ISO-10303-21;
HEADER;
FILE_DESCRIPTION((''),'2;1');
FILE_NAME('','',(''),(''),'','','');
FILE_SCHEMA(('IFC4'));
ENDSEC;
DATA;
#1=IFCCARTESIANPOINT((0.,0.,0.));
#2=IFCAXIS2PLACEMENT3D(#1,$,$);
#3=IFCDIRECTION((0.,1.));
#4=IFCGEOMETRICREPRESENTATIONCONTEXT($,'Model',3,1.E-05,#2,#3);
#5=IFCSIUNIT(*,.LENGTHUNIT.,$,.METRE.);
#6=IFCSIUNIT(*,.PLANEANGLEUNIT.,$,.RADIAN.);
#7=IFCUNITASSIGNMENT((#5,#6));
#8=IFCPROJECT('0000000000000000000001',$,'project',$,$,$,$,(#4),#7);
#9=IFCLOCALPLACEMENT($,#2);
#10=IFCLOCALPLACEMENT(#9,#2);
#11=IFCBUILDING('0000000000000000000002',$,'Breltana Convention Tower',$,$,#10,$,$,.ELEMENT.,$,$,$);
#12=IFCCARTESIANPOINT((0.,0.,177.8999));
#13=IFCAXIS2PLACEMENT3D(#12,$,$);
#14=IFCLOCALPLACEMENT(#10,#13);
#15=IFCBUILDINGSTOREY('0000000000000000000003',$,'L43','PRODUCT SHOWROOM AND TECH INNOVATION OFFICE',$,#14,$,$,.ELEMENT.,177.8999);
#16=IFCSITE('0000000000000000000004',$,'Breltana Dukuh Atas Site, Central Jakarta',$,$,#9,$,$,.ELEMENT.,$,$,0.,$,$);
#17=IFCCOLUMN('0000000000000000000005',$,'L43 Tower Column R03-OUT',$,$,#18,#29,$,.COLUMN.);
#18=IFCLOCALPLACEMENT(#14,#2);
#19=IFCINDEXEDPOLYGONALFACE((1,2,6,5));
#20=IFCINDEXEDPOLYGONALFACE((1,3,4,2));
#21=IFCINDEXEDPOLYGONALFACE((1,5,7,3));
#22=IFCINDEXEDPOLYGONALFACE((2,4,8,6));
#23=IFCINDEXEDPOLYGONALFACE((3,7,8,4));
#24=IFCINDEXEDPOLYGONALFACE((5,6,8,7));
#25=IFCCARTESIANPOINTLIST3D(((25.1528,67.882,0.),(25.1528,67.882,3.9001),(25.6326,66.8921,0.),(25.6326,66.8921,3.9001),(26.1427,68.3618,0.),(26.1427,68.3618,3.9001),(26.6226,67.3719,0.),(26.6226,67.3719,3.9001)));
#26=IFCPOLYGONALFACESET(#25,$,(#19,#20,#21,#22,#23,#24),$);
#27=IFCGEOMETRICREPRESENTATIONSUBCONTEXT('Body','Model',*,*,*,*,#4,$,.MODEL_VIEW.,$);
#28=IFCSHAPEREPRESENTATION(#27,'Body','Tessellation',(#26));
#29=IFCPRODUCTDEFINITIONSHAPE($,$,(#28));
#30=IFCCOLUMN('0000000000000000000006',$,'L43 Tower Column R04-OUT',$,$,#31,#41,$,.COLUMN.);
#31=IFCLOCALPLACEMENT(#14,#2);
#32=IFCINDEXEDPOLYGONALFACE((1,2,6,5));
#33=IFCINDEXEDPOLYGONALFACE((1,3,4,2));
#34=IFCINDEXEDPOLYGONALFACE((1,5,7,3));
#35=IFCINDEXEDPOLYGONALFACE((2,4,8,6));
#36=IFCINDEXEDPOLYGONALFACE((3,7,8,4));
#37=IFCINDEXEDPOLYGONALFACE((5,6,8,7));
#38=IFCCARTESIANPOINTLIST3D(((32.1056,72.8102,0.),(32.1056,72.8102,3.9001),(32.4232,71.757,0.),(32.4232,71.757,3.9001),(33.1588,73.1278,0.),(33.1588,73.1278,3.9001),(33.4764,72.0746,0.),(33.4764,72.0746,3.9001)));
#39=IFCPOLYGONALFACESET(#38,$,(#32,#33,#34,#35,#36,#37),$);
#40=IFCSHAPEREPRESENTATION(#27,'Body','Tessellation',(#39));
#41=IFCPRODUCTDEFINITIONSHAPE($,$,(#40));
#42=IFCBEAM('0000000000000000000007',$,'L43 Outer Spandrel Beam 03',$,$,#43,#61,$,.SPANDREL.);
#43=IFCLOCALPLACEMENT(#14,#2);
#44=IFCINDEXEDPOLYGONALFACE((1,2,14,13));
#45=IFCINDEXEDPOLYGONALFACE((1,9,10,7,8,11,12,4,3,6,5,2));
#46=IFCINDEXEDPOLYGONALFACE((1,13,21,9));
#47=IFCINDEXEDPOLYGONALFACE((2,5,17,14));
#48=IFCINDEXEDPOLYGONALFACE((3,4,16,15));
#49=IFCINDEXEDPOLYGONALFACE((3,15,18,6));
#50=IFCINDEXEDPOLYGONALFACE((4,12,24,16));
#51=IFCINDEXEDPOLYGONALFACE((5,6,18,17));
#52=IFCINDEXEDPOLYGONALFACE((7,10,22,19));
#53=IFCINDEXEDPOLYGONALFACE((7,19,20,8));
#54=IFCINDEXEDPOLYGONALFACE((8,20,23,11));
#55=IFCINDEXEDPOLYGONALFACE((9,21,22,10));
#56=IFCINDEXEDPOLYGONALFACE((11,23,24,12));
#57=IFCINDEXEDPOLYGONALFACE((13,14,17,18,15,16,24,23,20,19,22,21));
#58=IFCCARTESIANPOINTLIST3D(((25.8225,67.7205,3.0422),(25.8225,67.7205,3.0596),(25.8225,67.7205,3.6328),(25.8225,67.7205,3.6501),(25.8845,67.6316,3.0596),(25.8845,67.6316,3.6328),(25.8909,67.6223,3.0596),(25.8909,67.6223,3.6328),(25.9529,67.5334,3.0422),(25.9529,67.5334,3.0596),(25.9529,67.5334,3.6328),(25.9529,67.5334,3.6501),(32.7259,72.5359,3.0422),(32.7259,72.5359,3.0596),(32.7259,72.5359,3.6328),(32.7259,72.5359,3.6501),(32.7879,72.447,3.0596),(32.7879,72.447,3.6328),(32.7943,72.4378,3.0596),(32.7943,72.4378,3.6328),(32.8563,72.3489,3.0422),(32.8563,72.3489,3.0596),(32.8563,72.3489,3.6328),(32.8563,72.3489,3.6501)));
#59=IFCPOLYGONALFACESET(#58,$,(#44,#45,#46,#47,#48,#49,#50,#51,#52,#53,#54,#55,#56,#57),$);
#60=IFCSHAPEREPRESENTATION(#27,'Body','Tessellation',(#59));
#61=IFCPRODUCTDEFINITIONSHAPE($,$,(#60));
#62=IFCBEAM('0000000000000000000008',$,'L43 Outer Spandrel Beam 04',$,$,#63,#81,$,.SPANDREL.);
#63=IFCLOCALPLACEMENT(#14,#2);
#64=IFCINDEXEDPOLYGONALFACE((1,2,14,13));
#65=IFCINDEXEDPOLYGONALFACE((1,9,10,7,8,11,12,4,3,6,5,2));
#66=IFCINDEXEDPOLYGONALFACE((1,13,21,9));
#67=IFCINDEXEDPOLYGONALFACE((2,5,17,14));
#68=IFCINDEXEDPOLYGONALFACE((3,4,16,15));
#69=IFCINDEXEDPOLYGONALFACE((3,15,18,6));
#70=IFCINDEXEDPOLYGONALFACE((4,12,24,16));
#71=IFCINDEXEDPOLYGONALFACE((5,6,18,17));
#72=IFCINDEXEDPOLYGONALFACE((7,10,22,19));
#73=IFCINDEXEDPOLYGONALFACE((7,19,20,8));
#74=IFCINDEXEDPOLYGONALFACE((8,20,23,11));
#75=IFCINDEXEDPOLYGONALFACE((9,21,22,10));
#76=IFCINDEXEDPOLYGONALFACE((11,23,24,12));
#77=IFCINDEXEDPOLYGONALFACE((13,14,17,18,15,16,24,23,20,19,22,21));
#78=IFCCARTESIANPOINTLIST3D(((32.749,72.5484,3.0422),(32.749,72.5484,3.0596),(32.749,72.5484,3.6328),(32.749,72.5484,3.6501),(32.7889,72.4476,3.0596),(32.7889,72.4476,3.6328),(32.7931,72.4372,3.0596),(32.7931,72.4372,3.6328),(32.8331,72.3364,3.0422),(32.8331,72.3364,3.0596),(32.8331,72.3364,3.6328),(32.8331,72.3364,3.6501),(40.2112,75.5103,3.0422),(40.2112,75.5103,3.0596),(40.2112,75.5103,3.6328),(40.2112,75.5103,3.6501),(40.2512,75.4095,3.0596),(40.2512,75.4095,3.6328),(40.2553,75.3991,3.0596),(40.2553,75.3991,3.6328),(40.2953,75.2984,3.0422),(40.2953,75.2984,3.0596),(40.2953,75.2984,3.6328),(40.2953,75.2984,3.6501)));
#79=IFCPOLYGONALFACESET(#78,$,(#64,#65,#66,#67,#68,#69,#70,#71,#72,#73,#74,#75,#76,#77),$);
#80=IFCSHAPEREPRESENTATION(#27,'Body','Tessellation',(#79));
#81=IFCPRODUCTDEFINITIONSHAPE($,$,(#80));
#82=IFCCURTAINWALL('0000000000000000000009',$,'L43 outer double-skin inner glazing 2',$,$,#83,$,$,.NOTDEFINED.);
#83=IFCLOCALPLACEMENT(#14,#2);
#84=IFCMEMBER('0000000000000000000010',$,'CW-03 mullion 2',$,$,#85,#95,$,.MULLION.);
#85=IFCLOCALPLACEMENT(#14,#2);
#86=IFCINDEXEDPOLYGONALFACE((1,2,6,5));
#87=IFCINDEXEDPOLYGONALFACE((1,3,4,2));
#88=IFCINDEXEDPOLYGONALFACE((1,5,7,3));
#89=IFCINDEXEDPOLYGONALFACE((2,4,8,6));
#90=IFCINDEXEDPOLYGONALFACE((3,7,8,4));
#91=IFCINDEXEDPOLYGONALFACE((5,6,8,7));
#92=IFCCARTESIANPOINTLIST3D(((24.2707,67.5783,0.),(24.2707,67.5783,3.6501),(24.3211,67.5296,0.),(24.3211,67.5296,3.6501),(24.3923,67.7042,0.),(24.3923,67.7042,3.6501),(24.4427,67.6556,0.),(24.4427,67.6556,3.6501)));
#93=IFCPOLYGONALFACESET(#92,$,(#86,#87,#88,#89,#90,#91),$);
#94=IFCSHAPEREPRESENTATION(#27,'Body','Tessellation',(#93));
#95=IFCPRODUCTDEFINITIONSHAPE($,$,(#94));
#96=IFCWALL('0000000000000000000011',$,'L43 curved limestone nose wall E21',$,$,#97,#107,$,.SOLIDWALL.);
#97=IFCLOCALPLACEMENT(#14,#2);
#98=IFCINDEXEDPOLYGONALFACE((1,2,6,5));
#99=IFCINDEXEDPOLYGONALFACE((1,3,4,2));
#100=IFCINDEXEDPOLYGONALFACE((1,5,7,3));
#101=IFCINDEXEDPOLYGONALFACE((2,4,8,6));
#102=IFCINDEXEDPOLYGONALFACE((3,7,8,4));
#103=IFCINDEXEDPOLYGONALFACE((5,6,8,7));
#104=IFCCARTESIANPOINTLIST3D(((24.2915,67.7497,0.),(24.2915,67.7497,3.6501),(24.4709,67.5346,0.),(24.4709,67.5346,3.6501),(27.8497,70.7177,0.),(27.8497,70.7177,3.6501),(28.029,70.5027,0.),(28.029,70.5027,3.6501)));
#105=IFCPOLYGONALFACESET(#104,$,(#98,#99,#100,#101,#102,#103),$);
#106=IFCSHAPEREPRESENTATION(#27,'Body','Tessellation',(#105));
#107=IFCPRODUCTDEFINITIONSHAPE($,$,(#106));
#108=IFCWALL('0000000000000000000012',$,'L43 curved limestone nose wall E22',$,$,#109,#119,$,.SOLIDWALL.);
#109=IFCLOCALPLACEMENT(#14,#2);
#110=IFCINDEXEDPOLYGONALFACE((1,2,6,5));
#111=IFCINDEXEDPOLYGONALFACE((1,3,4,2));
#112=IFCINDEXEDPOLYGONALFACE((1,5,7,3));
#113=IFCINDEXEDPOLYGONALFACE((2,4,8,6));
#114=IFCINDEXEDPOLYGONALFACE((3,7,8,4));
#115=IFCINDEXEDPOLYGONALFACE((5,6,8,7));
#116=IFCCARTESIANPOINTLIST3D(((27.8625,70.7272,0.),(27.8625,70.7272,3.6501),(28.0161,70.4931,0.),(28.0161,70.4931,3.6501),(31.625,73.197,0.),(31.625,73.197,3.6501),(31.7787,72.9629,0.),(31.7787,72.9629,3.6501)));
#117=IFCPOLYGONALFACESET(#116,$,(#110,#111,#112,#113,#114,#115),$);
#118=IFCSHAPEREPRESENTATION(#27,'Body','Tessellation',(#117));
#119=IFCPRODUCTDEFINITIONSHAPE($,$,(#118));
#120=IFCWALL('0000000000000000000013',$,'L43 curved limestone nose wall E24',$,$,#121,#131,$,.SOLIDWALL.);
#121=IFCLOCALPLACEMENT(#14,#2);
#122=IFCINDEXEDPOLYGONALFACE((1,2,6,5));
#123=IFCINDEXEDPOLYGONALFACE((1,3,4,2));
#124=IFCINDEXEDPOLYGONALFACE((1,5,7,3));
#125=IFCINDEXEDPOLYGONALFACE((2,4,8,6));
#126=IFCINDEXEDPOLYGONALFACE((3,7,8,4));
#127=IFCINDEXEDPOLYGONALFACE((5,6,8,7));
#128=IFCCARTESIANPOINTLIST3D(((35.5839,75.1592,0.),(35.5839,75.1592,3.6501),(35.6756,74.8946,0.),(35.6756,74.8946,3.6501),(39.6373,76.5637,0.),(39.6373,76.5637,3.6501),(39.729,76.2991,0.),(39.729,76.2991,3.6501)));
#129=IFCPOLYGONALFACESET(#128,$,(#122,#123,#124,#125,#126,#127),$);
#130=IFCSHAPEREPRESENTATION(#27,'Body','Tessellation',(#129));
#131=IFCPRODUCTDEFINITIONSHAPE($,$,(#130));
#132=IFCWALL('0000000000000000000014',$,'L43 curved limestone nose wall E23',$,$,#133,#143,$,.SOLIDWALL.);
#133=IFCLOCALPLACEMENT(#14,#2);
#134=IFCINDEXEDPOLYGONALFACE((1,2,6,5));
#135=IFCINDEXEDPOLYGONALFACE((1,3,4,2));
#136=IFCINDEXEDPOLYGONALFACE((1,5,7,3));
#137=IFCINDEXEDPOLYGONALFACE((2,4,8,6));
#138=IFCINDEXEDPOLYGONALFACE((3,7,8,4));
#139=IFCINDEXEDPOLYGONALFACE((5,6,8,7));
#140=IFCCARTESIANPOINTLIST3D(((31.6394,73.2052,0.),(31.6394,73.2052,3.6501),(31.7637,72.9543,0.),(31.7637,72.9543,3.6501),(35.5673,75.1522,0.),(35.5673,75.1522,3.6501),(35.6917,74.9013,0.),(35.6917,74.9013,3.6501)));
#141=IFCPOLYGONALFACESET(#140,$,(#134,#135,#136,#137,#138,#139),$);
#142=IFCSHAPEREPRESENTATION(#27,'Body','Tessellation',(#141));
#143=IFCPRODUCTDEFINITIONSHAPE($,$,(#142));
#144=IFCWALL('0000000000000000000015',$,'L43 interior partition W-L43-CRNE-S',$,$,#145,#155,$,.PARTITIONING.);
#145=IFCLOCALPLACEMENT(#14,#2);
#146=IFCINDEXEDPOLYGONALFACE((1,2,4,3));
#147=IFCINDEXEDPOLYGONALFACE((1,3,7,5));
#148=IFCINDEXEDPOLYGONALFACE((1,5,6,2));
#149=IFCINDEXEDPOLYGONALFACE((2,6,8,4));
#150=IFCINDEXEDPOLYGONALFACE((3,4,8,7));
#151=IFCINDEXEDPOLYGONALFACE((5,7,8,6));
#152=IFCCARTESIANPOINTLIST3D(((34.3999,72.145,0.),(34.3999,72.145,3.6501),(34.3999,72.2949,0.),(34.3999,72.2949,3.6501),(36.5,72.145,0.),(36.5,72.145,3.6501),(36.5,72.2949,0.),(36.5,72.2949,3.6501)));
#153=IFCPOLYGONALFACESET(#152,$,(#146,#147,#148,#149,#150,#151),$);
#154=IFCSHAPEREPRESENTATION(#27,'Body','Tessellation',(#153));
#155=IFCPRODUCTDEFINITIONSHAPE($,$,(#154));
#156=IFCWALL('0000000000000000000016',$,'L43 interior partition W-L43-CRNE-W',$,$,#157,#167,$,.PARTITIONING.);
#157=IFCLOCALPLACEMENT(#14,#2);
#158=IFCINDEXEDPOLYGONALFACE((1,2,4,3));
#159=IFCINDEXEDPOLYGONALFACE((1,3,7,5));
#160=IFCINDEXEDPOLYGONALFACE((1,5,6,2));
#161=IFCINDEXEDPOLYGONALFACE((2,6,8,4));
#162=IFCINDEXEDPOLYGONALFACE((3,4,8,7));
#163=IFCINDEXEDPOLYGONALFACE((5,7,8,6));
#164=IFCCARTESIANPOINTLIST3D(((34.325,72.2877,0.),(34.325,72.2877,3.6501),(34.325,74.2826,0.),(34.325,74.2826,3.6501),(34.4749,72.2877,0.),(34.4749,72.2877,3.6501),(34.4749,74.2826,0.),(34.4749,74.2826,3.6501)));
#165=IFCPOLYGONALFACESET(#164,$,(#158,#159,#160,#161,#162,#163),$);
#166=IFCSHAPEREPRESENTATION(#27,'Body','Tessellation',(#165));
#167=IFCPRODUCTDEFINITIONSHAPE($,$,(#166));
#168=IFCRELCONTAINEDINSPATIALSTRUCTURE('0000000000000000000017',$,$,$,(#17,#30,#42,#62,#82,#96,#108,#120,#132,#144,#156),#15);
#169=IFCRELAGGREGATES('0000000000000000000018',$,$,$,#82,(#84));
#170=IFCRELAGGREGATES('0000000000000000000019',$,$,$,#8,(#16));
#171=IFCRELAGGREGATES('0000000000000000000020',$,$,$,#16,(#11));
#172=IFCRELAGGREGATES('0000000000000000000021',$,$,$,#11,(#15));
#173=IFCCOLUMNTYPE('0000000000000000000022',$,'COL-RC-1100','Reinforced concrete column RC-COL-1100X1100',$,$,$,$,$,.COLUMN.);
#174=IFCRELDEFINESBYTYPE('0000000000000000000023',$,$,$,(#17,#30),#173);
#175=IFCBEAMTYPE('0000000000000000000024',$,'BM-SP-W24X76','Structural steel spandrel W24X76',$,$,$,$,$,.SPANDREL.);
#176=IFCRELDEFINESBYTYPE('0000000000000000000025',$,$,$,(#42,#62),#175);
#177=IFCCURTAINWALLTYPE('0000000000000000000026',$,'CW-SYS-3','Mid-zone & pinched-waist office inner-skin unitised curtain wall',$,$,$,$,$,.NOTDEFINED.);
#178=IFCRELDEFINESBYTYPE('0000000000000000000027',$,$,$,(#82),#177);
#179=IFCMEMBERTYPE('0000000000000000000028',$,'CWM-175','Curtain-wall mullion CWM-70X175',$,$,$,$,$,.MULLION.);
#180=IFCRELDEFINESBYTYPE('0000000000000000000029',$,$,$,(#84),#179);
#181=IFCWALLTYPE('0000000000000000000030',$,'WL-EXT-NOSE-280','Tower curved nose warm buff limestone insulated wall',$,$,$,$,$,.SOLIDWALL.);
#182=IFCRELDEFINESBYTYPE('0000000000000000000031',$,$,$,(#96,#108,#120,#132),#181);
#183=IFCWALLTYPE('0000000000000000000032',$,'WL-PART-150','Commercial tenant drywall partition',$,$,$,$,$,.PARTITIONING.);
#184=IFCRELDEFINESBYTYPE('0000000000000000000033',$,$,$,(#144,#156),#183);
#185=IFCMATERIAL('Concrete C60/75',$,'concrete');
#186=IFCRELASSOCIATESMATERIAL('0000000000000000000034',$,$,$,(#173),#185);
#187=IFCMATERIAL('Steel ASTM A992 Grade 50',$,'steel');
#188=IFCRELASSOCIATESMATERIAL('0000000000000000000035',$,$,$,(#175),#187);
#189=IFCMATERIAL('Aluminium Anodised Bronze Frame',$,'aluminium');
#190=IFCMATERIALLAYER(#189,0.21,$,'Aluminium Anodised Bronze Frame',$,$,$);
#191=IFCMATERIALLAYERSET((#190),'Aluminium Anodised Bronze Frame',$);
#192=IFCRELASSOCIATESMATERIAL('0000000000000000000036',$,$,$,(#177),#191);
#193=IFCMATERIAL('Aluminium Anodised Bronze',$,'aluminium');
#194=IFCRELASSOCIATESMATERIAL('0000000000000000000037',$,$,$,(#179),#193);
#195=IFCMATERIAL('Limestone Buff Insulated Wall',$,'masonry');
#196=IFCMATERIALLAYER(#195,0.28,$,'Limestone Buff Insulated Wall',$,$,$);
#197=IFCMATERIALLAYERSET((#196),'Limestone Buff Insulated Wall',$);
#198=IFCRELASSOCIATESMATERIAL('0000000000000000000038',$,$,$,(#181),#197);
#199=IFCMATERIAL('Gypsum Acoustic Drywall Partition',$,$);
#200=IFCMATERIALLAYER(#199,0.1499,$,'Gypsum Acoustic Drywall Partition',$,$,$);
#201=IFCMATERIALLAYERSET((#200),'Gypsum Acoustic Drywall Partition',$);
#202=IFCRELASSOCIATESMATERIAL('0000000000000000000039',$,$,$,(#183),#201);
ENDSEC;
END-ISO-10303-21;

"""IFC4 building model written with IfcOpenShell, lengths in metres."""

from ifc_helpers import new_model, si_unit, direction, frame, frame_2d, origin, origin_2d, place, context, subcontext, project, spatial, rectangle, i_section, extrude, source, transform, mapped, material, layer, layer_set, material_profile, profile_set, type_object, element, aggregate, save


model = new_model("IFC4")

# Units and contexts
model_context = context("Model", 3, precision=1e-05, world=origin(), true_north=direction((0.0, 1.0)))
body_context = subcontext(model_context, "Body", "Model", "MODEL_VIEW")
ifc_project = project(units=[si_unit("LENGTHUNIT", "METRE"), si_unit("PLANEANGLEUNIT", "RADIAN")], contexts=[model_context])

# Site, building, storey
site_placement = place(None, origin())
site = spatial("IfcSite", under=ifc_project, at=site_placement, Name="Breltana Dukuh Atas Site, Central Jakarta", CompositionType="ELEMENT", RefElevation=0.0)
building_placement = place(site_placement, origin())
building = spatial("IfcBuilding", under=site, at=building_placement, Name="Breltana Convention Tower", CompositionType="ELEMENT")
storey_placement = place(building_placement, frame((0.0, 0.0, 177.8999)))
storey = spatial("IfcBuildingStorey", under=building, at=storey_placement, Name="L43", Description="PRODUCT SHOWROOM AND TECH INNOVATION OFFICE", CompositionType="ELEMENT", Elevation=177.8999)

# Columns
ifc_material_1 = material(Name="Concrete C60/75", Category="concrete")
ifc_material_profile_1 = material_profile(ifc_material_1, rectangle(XDim=1.1001, YDim=1.1001, at=origin_2d()), Name="RC-COL-1100X1100")
ifc_profile_set_1 = profile_set([ifc_material_profile_1], Name="Concrete C60/75")
column_type = type_object("IfcColumnType", Name="COL-RC-1100", Description="Reinforced concrete column RC-COL-1100X1100", PredefinedType="COLUMN", material=ifc_profile_set_1)
shared_shape_1 = source(origin(), body_context, "Body", "SweptSolid", [
    extrude(rectangle(XDim=1.1001, YDim=1.1001, at=origin_2d()), origin(), (0.0, 0.0, 1.0), 3.9001),
])
for number, where, z_axis, x_axis, name in (
    (1, (25.8877, 67.627, 0.0), (0.0, 0.0, 1.0), (-0.436174, 0.899863, 0.0), "L43 Tower Column R03-OUT"),
    (2, (32.791, 72.4424, 0.0), (0.0, 0.0, 1.0), (-0.288698, 0.95742, 0.0), "L43 Tower Column R04-OUT"),
):
    element("IfcColumn", number, at=place(storey_placement, frame(where, z_axis=z_axis, x_axis=x_axis)), inside=storey, type_object=column_type, Name=name, PredefinedType="COLUMN", context=body_context, shape_type="MappedRepresentation", body=[
        mapped(shared_shape_1, transform((0.0, 0.0, 0.0), scale=1.0)),
    ])

# Beams
ifc_material_2 = material(Name="Steel ASTM A992 Grade 50", Category="steel")
ifc_material_profile_2 = material_profile(ifc_material_2, i_section(OverallWidth=0.228, OverallDepth=0.6079, WebThickness=0.0112, FlangeThickness=0.0173, at=origin_2d()), Name="W24X76")
ifc_profile_set_2 = profile_set([ifc_material_profile_2], Name="Steel ASTM A992 Grade 50")
beam_type = type_object("IfcBeamType", Name="BM-SP-W24X76", Description="Structural steel spandrel W24X76", PredefinedType="SPANDREL", material=ifc_profile_set_2)
shared_shape_2 = source(origin(), body_context, "Body", "SweptSolid", [
    extrude(i_section(OverallWidth=0.228, OverallDepth=0.6079, WebThickness=0.0112, FlangeThickness=0.0173, at=origin_2d()), origin(), (0.0, 0.0, 1.0), 8.417),
])
beam_1_placement = place(storey_placement, frame((25.8877, 67.627, 3.3462), z_axis=(0.820174, 0.572114, 0.0), x_axis=(-0.572114, 0.820174, 0.0)))
element("IfcBeam", 3, at=beam_1_placement, inside=storey, type_object=beam_type, Name="L43 Outer Spandrel Beam 03", PredefinedType="SPANDREL", context=body_context, shape_type="MappedRepresentation", body=[
    mapped(shared_shape_2, transform((0.0, 0.0, 0.0), scale=1.0)),
])
shared_shape_3 = source(origin(), body_context, "Body", "SweptSolid", [
    extrude(i_section(OverallWidth=0.228, OverallDepth=0.6079, WebThickness=0.0112, FlangeThickness=0.0173, at=origin_2d()), origin(), (0.0, 0.0, 1.0), 8.0286),
])
beam_2_placement = place(storey_placement, frame((32.791, 72.4424, 3.3462), z_axis=(0.929459, 0.368925, 0.0), x_axis=(-0.368925, 0.929459, 0.0)))
element("IfcBeam", 4, at=beam_2_placement, inside=storey, type_object=beam_type, Name="L43 Outer Spandrel Beam 04", PredefinedType="SPANDREL", context=body_context, shape_type="MappedRepresentation", body=[
    mapped(shared_shape_3, transform((0.0, 0.0, 0.0), scale=1.0)),
])

# Curtain wall, member
ifc_material_3 = material(Name="Aluminium Anodised Bronze Frame", Category="aluminium")
ifc_layer_1 = layer(ifc_material_3, 0.21, Name="Aluminium Anodised Bronze Frame")
ifc_layer_set_1 = layer_set([ifc_layer_1], Name="Aluminium Anodised Bronze Frame")
curtain_wall_type = type_object("IfcCurtainWallType", Name="CW-SYS-3", Description="Mid-zone & pinched-waist office inner-skin unitised curtain wall", PredefinedType="NOTDEFINED", material=ifc_layer_set_1)
curtain_wall_placement = place(storey_placement, origin())
curtain_wall = element("IfcCurtainWall", 5, at=curtain_wall_placement, inside=storey, type_object=curtain_wall_type, Name="L43 outer double-skin inner glazing 2", PredefinedType="NOTDEFINED")
ifc_material_4 = material(Name="Aluminium Anodised Bronze", Category="aluminium")
ifc_material_profile_3 = material_profile(ifc_material_4, rectangle(XDim=0.0701, YDim=0.175, at=origin_2d()), Name="CWM-70X175")
ifc_profile_set_3 = profile_set([ifc_material_profile_3], Name="Aluminium Anodised Bronze")
member_type = type_object("IfcMemberType", Name="CWM-175", Description="Curtain-wall mullion CWM-70X175", PredefinedType="MULLION", material=ifc_profile_set_3)
shared_shape_4 = source(origin(), body_context, "Body", "SweptSolid", [
    extrude(rectangle(XDim=0.0701, YDim=0.175, at=origin_2d()), origin(), (0.0, 0.0, 1.0), 3.6501),
])
member_placement = place(storey_placement, frame((24.3567, 67.6169, 0.0), z_axis=(0.0, 0.0, 1.0), x_axis=(-0.719394, 0.694603, 0.0)))
member = element("IfcMember", 6, at=member_placement, type_object=member_type, Name="CW-03 mullion 2", PredefinedType="MULLION", context=body_context, shape_type="MappedRepresentation", body=[
    mapped(shared_shape_4, transform((0.0, 0.0, 0.0), scale=1.0)),
])
aggregate(curtain_wall, [member])

# Walls
ifc_material_5 = material(Name="Limestone Buff Insulated Wall", Category="masonry")
ifc_layer_2 = layer(ifc_material_5, 0.28, Name="Limestone Buff Insulated Wall")
ifc_layer_set_2 = layer_set([ifc_layer_2], Name="Limestone Buff Insulated Wall")
wall_type_1 = type_object("IfcWallType", Name="WL-EXT-NOSE-280", Description="Tower curved nose warm buff limestone insulated wall", PredefinedType="SOLIDWALL", material=ifc_layer_set_2)
shared_shape_5 = source(origin(), body_context, "Body", "SweptSolid", [
    extrude(rectangle(XDim=4.6335, YDim=0.28, at=frame_2d((2.3169, 0.0))), origin(), (0.0, 0.0, 1.0), 3.6501),
])
wall_1_placement = place(storey_placement, frame((24.3811, 67.6421, 0.0), z_axis=(0.0, 0.0, 1.0), x_axis=(0.76791, 0.640557, 0.0)))
element("IfcWall", 7, at=wall_1_placement, inside=storey, type_object=wall_type_1, Name="L43 curved limestone nose wall E21", PredefinedType="SOLIDWALL", context=body_context, shape_type="MappedRepresentation", body=[
    mapped(shared_shape_5, transform((0.0, 0.0, 0.0), scale=1.0)),
])
shared_shape_6 = source(origin(), body_context, "Body", "SweptSolid", [
    extrude(rectangle(XDim=4.5007, YDim=0.28, at=frame_2d((2.2505, 0.0))), origin(), (0.0, 0.0, 1.0), 3.6501),
])
wall_2_placement = place(storey_placement, frame((27.9392, 70.6101, 0.0), z_axis=(0.0, 0.0, 1.0), x_axis=(0.835985, 0.548752, 0.0)))
element("IfcWall", 8, at=wall_2_placement, inside=storey, type_object=wall_type_1, Name="L43 curved limestone nose wall E22", PredefinedType="SOLIDWALL", context=body_context, shape_type="MappedRepresentation", body=[
    mapped(shared_shape_6, transform((0.0, 0.0, 0.0), scale=1.0)),
])
shared_shape_7 = source(origin(), body_context, "Body", "SweptSolid", [
    extrude(rectangle(XDim=4.2898, YDim=0.28, at=frame_2d((2.145, 0.0))), origin(), (0.0, 0.0, 1.0), 3.6501),
])
wall_3_placement = place(storey_placement, frame((35.6296, 75.0269, 0.0), z_axis=(0.0, 0.0, 1.0), x_axis=(0.944884, 0.327406, 0.0)))
element("IfcWall", 9, at=wall_3_placement, inside=storey, type_object=wall_type_1, Name="L43 curved limestone nose wall E24", PredefinedType="SOLIDWALL", context=body_context, shape_type="MappedRepresentation", body=[
    mapped(shared_shape_7, transform((0.0, 0.0, 0.0), scale=1.0)),
])
shared_shape_8 = source(origin(), body_context, "Body", "SweptSolid", [
    extrude(rectangle(XDim=4.384, YDim=0.28, at=frame_2d((2.1919, 0.0))), origin(), (0.0, 0.0, 1.0), 3.6501),
])
wall_4_placement = place(storey_placement, frame((31.7017, 73.0798, 0.0), z_axis=(0.0, 0.0, 1.0), x_axis=(0.89597, 0.444115, 0.0)))
element("IfcWall", 10, at=wall_4_placement, inside=storey, type_object=wall_type_1, Name="L43 curved limestone nose wall E23", PredefinedType="SOLIDWALL", context=body_context, shape_type="MappedRepresentation", body=[
    mapped(shared_shape_8, transform((0.0, 0.0, 0.0), scale=1.0)),
])
ifc_material_6 = material(Name="Gypsum Acoustic Drywall Partition")
ifc_layer_3 = layer(ifc_material_6, 0.1499, Name="Gypsum Acoustic Drywall Partition")
ifc_layer_set_3 = layer_set([ifc_layer_3], Name="Gypsum Acoustic Drywall Partition")
wall_type_2 = type_object("IfcWallType", Name="WL-PART-150", Description="Commercial tenant drywall partition", PredefinedType="PARTITIONING", material=ifc_layer_set_3)
shared_shape_9 = source(origin(), body_context, "Body", "SweptSolid", [
    extrude(rectangle(XDim=2.1001, YDim=0.1499, at=frame_2d((1.05, 0.0))), origin(), (0.0, 0.0, 1.0), 3.6501),
])
wall_5_placement = place(storey_placement, frame((34.3999, 72.22, 0.0), z_axis=(0.0, 0.0, 1.0), x_axis=(1.0, 0.0, 0.0)))
element("IfcWall", 11, at=wall_5_placement, inside=storey, type_object=wall_type_2, Name="L43 interior partition W-L43-CRNE-S", PredefinedType="PARTITIONING", context=body_context, shape_type="MappedRepresentation", body=[
    mapped(shared_shape_9, transform((0.0, 0.0, 0.0), scale=1.0)),
])
shared_shape_10 = source(origin(), body_context, "Body", "SweptSolid", [
    extrude(rectangle(XDim=1.9949, YDim=0.1499, at=frame_2d((0.9976, 0.0))), origin(), (0.0, 0.0, 1.0), 3.6501),
])
wall_6_placement = place(storey_placement, frame((34.3999, 72.2876, 0.0), z_axis=(0.0, 0.0, 1.0), x_axis=(0.0, 1.0, 0.0)))
element("IfcWall", 12, at=wall_6_placement, inside=storey, type_object=wall_type_2, Name="L43 interior partition W-L43-CRNE-W", PredefinedType="PARTITIONING", context=body_context, shape_type="MappedRepresentation", body=[
    mapped(shared_shape_10, transform((0.0, 0.0, 0.0), scale=1.0)),
])

save(model, "model.ifc")
